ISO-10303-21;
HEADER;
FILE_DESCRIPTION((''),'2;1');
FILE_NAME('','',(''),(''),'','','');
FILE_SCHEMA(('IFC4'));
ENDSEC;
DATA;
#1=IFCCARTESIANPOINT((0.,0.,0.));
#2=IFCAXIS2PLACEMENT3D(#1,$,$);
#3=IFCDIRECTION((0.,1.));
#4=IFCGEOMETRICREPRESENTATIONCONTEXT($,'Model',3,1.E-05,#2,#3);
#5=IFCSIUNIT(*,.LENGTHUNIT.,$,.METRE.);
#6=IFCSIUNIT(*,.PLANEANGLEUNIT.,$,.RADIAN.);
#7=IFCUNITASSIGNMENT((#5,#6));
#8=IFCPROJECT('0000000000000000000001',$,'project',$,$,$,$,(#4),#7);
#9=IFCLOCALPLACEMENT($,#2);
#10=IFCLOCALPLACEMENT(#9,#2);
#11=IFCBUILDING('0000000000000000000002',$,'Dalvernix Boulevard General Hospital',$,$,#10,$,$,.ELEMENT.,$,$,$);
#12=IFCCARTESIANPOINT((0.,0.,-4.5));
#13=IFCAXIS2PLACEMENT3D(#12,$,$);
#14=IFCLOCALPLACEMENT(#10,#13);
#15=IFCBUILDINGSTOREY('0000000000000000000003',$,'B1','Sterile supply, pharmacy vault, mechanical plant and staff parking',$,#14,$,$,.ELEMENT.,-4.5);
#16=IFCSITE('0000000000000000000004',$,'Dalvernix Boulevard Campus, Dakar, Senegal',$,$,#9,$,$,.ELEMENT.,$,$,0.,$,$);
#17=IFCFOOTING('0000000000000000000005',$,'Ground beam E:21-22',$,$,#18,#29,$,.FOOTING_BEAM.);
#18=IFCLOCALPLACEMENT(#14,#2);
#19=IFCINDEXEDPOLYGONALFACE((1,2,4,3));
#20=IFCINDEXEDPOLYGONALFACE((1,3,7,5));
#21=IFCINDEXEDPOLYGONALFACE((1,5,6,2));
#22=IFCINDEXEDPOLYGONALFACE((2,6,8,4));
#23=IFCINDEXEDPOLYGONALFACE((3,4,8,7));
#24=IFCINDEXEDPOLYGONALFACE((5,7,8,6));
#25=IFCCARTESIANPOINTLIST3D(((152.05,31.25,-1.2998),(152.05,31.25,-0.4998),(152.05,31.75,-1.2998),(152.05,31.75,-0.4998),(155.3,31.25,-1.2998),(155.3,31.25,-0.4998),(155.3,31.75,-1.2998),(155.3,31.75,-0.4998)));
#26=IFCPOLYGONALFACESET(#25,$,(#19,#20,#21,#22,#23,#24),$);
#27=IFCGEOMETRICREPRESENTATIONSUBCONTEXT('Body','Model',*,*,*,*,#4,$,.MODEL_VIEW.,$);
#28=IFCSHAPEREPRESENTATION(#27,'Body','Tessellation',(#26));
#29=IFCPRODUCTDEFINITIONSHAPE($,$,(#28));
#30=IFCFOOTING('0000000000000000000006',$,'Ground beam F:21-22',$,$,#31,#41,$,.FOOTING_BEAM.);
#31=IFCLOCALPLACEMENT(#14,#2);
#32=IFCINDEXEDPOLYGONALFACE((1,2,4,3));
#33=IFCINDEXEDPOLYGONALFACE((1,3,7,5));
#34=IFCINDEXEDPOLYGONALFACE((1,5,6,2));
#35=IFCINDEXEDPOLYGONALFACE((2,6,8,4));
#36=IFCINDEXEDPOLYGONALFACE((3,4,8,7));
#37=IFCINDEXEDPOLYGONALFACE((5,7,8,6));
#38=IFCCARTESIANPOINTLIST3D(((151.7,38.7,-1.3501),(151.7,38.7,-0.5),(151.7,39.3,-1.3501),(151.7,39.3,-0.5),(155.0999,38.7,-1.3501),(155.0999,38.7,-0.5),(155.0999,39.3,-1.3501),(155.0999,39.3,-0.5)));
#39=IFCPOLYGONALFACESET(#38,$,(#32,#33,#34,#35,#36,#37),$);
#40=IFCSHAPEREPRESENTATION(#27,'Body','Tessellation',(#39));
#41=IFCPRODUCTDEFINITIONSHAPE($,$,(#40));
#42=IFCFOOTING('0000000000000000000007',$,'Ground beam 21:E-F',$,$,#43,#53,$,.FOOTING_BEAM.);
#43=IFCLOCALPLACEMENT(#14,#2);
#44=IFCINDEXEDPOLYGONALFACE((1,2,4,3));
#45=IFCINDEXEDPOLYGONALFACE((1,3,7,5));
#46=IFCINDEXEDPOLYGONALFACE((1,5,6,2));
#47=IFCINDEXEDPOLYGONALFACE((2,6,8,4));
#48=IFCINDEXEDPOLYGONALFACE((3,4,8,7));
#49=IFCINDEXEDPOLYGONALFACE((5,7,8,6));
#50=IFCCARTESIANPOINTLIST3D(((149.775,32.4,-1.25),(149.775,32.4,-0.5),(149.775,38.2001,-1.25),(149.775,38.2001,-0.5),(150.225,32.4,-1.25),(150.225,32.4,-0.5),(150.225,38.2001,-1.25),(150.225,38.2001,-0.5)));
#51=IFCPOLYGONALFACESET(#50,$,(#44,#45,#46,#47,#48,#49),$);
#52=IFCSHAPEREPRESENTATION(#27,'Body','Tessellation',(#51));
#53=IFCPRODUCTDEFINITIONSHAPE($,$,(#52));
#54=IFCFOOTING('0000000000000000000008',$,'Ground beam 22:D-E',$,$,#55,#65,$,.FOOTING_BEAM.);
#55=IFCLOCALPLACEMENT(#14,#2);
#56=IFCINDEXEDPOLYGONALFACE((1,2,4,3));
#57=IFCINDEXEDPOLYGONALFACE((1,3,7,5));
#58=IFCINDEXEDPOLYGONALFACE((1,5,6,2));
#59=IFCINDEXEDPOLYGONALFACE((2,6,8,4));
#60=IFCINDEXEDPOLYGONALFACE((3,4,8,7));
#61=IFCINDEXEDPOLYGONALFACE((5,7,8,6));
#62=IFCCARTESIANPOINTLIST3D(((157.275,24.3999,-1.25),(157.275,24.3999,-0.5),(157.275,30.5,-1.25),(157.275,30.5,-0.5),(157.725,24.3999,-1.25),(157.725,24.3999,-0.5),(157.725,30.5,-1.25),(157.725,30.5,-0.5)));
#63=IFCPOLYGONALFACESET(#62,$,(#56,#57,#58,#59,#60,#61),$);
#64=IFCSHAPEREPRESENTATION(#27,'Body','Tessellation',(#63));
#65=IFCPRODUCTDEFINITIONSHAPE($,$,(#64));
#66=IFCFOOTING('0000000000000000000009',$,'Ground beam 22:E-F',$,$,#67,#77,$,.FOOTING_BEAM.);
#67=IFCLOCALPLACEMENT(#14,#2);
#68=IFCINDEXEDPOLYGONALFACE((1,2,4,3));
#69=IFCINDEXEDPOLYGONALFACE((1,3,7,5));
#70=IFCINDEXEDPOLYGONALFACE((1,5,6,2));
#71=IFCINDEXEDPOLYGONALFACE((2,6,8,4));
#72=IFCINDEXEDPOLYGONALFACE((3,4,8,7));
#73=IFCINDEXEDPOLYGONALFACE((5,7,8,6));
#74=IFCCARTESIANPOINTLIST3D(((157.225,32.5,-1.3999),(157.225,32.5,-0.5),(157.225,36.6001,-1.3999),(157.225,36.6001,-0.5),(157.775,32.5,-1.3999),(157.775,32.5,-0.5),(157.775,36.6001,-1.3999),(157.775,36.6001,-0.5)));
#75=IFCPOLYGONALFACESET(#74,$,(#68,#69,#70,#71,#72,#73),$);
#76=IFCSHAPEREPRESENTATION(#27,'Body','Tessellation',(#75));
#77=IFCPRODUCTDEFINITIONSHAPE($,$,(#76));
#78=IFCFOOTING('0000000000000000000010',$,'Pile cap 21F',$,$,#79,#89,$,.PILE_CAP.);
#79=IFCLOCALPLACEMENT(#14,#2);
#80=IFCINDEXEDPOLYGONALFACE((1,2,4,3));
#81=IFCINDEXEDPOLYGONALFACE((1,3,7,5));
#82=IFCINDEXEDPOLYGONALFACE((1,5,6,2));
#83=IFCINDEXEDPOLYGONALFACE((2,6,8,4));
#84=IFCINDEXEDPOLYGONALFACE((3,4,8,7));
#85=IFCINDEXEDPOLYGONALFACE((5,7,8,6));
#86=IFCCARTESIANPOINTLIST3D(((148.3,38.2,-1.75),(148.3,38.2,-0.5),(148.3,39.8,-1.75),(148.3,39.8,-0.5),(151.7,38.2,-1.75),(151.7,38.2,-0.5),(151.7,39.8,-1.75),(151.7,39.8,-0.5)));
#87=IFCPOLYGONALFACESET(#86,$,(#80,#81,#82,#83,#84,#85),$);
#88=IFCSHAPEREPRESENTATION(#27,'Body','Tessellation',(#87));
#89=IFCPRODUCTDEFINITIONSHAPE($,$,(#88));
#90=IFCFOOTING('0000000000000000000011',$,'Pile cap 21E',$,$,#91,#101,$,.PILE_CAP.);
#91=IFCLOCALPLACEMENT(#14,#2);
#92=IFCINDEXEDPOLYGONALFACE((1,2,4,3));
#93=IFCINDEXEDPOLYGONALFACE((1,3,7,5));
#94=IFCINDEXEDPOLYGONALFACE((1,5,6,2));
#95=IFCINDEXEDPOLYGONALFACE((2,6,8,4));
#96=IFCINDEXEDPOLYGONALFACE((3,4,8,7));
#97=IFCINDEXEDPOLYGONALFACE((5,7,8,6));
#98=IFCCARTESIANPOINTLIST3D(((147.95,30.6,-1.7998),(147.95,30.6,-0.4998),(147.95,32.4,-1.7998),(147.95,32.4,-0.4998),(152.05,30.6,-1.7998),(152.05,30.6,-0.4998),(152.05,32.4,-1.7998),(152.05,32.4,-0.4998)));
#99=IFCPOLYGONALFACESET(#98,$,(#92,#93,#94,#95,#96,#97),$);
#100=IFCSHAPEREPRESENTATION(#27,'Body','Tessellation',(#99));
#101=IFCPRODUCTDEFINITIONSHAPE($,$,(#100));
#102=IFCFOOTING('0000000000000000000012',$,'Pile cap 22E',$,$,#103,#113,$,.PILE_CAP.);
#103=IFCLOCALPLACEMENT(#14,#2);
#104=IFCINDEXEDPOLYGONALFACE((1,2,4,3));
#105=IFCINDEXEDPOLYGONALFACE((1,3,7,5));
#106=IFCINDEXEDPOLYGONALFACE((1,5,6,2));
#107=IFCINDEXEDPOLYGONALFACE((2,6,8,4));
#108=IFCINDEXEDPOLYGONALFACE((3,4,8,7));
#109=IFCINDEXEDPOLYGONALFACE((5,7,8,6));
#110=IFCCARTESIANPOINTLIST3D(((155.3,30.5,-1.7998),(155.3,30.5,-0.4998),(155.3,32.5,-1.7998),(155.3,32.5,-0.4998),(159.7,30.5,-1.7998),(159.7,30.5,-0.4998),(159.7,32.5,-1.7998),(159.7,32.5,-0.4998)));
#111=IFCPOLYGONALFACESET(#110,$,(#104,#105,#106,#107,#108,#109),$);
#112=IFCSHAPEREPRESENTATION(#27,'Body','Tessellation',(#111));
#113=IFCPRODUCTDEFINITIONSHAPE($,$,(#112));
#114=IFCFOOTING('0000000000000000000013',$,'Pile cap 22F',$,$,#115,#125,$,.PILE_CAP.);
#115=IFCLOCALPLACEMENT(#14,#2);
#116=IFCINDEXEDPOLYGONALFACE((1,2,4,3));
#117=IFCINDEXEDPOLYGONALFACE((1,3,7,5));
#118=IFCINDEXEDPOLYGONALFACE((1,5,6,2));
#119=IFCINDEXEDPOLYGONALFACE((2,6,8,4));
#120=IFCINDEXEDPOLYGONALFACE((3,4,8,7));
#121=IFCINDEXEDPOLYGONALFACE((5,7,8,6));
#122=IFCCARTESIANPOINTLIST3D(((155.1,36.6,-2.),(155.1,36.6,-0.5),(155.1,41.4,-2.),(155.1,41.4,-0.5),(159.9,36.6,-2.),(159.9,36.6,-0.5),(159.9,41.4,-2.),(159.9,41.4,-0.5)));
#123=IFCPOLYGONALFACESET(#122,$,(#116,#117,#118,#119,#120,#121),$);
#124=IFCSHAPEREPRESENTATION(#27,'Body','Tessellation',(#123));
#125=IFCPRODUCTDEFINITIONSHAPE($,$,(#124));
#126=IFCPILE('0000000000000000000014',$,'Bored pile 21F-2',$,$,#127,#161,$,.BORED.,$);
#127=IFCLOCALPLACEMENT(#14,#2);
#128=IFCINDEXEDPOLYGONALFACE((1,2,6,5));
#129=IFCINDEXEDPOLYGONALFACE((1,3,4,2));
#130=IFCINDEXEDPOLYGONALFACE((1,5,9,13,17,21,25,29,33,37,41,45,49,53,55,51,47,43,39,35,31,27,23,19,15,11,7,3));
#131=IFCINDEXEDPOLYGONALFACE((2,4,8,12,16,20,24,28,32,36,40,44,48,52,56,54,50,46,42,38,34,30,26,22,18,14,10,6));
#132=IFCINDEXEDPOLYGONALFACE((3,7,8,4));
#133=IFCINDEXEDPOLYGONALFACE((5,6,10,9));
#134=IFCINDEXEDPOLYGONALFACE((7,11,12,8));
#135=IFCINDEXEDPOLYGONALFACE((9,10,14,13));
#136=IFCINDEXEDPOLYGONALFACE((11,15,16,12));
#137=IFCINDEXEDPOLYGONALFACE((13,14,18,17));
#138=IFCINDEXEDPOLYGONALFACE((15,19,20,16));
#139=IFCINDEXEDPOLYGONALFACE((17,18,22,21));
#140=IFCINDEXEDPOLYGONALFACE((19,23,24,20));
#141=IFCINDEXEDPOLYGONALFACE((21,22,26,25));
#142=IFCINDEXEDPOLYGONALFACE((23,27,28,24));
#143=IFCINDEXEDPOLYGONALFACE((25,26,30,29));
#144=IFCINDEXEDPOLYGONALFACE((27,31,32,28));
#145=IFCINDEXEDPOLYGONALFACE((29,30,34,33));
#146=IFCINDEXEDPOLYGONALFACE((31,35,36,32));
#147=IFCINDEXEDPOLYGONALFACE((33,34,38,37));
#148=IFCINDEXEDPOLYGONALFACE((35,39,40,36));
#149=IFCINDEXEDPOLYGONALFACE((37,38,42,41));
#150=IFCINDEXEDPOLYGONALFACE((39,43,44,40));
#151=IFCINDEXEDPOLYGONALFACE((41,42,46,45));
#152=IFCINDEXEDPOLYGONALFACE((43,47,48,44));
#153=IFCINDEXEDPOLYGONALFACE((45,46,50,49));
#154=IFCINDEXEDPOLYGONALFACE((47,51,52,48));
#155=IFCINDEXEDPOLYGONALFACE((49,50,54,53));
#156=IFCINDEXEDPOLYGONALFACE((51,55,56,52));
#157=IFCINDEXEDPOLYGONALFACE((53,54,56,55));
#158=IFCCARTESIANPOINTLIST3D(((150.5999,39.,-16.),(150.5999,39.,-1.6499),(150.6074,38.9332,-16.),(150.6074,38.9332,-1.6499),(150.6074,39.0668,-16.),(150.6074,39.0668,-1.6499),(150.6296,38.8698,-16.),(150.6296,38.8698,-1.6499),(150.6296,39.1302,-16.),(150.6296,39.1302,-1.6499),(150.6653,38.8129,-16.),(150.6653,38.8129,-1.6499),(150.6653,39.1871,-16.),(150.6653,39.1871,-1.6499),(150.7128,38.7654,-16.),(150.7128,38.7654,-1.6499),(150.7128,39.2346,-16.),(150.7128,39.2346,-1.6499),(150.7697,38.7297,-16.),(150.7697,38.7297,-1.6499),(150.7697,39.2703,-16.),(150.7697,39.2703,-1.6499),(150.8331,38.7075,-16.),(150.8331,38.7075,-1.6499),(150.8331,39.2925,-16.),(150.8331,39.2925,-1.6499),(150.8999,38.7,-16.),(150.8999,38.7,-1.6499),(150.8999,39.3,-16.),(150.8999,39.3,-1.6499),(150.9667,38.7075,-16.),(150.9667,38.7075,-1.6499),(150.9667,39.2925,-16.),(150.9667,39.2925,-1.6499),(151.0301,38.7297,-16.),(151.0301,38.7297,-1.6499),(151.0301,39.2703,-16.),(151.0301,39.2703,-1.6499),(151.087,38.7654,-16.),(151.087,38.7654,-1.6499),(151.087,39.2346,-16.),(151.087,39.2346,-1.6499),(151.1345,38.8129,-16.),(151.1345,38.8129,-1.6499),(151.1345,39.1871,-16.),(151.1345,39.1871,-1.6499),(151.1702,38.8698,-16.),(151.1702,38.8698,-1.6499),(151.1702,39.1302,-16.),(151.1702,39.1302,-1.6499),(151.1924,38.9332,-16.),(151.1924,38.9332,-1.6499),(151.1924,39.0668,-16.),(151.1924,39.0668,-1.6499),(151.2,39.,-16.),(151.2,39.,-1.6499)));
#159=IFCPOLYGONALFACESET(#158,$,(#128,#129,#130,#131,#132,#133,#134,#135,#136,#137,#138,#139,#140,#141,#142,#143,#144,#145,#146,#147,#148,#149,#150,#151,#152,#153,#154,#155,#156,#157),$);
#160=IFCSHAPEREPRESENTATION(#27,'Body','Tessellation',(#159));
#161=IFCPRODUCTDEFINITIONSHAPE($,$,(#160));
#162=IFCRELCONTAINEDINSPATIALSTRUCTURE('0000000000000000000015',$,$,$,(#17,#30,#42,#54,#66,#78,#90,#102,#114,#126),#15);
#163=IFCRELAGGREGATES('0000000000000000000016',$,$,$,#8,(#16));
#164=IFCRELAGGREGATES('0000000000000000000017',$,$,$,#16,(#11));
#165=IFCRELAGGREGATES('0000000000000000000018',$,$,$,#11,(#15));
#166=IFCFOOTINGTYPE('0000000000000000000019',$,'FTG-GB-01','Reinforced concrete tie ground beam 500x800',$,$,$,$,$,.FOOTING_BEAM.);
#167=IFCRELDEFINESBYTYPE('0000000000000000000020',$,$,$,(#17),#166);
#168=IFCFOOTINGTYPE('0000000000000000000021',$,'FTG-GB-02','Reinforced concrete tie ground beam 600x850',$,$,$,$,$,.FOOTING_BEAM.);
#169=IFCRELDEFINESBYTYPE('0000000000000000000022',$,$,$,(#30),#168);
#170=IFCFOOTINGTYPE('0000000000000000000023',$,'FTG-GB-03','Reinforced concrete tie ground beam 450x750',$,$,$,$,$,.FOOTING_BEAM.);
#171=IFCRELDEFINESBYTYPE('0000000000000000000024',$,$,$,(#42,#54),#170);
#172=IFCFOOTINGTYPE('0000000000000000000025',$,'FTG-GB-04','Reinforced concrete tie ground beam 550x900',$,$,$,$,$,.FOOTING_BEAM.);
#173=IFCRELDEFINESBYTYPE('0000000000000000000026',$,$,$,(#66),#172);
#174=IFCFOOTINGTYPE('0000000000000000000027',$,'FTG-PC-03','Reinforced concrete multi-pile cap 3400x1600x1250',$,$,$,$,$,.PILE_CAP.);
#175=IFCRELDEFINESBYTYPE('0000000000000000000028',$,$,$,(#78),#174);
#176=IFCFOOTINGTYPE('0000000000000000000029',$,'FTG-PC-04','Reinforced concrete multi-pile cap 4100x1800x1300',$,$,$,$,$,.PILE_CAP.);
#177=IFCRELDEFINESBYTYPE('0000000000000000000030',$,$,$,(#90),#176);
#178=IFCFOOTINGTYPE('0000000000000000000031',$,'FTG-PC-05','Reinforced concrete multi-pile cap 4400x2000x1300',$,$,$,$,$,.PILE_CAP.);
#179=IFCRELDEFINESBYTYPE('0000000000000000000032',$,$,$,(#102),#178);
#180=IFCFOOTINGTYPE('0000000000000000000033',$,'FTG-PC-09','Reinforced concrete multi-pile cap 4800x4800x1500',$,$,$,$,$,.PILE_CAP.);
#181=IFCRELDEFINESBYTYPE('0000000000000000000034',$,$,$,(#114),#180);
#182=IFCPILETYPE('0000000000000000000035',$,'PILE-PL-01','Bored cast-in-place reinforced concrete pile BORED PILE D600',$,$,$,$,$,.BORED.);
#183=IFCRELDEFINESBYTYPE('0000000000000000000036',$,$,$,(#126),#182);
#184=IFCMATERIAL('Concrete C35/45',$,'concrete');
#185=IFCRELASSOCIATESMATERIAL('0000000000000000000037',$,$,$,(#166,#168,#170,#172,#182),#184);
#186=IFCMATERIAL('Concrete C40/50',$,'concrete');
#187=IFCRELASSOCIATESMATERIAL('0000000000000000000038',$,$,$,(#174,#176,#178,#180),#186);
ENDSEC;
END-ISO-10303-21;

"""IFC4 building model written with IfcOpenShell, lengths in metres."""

from ifc_helpers import new_model, si_unit, direction, frame, origin, origin_2d, place, context, subcontext, project, spatial, rectangle, circle, extrude, material, material_profile, profile_set, type_object, element, save


model = new_model("IFC4")

# Units and contexts
model_context = context("Model", 3, precision=1e-05, world=origin(), true_north=direction((0.0, 1.0)))
body_context = subcontext(model_context, "Body", "Model", "MODEL_VIEW")
ifc_project = project(units=[si_unit("LENGTHUNIT", "METRE"), si_unit("PLANEANGLEUNIT", "RADIAN")], contexts=[model_context])

# Site, building, storey
site_placement = place(None, origin())
site = spatial("IfcSite", under=ifc_project, at=site_placement, Name="Dalvernix Boulevard Campus, Dakar, Senegal", CompositionType="ELEMENT", RefElevation=0.0)
building_placement = place(site_placement, origin())
building = spatial("IfcBuilding", under=site, at=building_placement, Name="Dalvernix Boulevard General Hospital", CompositionType="ELEMENT")
storey_placement = place(building_placement, frame((0.0, 0.0, -4.5)))
storey = spatial("IfcBuildingStorey", under=building, at=storey_placement, Name="B1", Description="Sterile supply, pharmacy vault, mechanical plant and staff parking", CompositionType="ELEMENT", Elevation=-4.5)

# Footings
ifc_material_1 = material(Name="Concrete C35/45", Category="concrete")
footing_type_1 = type_object("IfcFootingType", Name="FTG-GB-01", Description="Reinforced concrete tie ground beam 500x800", PredefinedType="FOOTING_BEAM", material=ifc_material_1)
footing_1_placement = place(storey_placement, frame((153.675, 31.5, -1.2998), z_axis=(0.0, 0.0, 1.0), x_axis=(1.0, 0.0, 0.0)))
element("IfcFooting", 1, at=footing_1_placement, inside=storey, type_object=footing_type_1, Name="Ground beam E:21-22", PredefinedType="FOOTING_BEAM", context=body_context, shape_type="SweptSolid", body=[
    extrude(rectangle(XDim=3.25, YDim=0.5, at=origin_2d()), origin(), (0.0, 0.0, 1.0), 0.8),
])
footing_type_2 = type_object("IfcFootingType", Name="FTG-GB-02", Description="Reinforced concrete tie ground beam 600x850", PredefinedType="FOOTING_BEAM", material=ifc_material_1)
footing_2_placement = place(storey_placement, frame((153.3999, 39.0, -1.3501), z_axis=(0.0, 0.0, 1.0), x_axis=(1.0, 0.0, 0.0)))
element("IfcFooting", 2, at=footing_2_placement, inside=storey, type_object=footing_type_2, Name="Ground beam F:21-22", PredefinedType="FOOTING_BEAM", context=body_context, shape_type="SweptSolid", body=[
    extrude(rectangle(XDim=3.3999, YDim=0.6001, at=origin_2d()), origin(), (0.0, 0.0, 1.0), 0.8501),
])
footing_type_3 = type_object("IfcFootingType", Name="FTG-GB-03", Description="Reinforced concrete tie ground beam 450x750", PredefinedType="FOOTING_BEAM", material=ifc_material_1)
footing_3_placement = place(storey_placement, frame((150.0, 35.3, -1.25), z_axis=(0.0, 0.0, 1.0), x_axis=(0.0, 1.0, 0.0)))
element("IfcFooting", 3, at=footing_3_placement, inside=storey, type_object=footing_type_3, Name="Ground beam 21:E-F", PredefinedType="FOOTING_BEAM", context=body_context, shape_type="SweptSolid", body=[
    extrude(rectangle(XDim=5.8, YDim=0.45, at=origin_2d()), origin(), (0.0, 0.0, 1.0), 0.75),
])
footing_4_placement = place(storey_placement, frame((157.5, 27.45, -1.25), z_axis=(0.0, 0.0, 1.0), x_axis=(0.0, 1.0, 0.0)))
element("IfcFooting", 4, at=footing_4_placement, inside=storey, type_object=footing_type_3, Name="Ground beam 22:D-E", PredefinedType="FOOTING_BEAM", context=body_context, shape_type="SweptSolid", body=[
    extrude(rectangle(XDim=6.1001, YDim=0.45, at=origin_2d()), origin(), (0.0, 0.0, 1.0), 0.75),
])
footing_type_4 = type_object("IfcFootingType", Name="FTG-GB-04", Description="Reinforced concrete tie ground beam 550x900", PredefinedType="FOOTING_BEAM", material=ifc_material_1)
footing_5_placement = place(storey_placement, frame((157.5, 34.55, -1.3999), z_axis=(0.0, 0.0, 1.0), x_axis=(0.0, 1.0, 0.0)))
element("IfcFooting", 5, at=footing_5_placement, inside=storey, type_object=footing_type_4, Name="Ground beam 22:E-F", PredefinedType="FOOTING_BEAM", context=body_context, shape_type="SweptSolid", body=[
    extrude(rectangle(XDim=4.1001, YDim=0.55, at=origin_2d()), origin(), (0.0, 0.0, 1.0), 0.8999),
])
ifc_material_2 = material(Name="Concrete C40/50", Category="concrete")
footing_type_5 = type_object("IfcFootingType", Name="FTG-PC-03", Description="Reinforced concrete multi-pile cap 3400x1600x1250", PredefinedType="PILE_CAP", material=ifc_material_2)
footing_6_placement = place(storey_placement, frame((150.0, 39.0, -1.75), z_axis=(0.0, 0.0, 1.0), x_axis=(1.0, 0.0, 0.0)))
element("IfcFooting", 6, at=footing_6_placement, inside=storey, type_object=footing_type_5, Name="Pile cap 21F", PredefinedType="PILE_CAP", context=body_context, shape_type="SweptSolid", body=[
    extrude(rectangle(XDim=3.3999, YDim=1.6001, at=origin_2d()), origin(), (0.0, 0.0, 1.0), 1.25),
])
footing_type_6 = type_object("IfcFootingType", Name="FTG-PC-04", Description="Reinforced concrete multi-pile cap 4100x1800x1300", PredefinedType="PILE_CAP", material=ifc_material_2)
footing_7_placement = place(storey_placement, frame((150.0, 31.5, -1.7998), z_axis=(0.0, 0.0, 1.0), x_axis=(1.0, 0.0, 0.0)))
element("IfcFooting", 7, at=footing_7_placement, inside=storey, type_object=footing_type_6, Name="Pile cap 21E", PredefinedType="PILE_CAP", context=body_context, shape_type="SweptSolid", body=[
    extrude(rectangle(XDim=4.1001, YDim=1.8, at=origin_2d()), origin(), (0.0, 0.0, 1.0), 1.3),
])
footing_type_7 = type_object("IfcFootingType", Name="FTG-PC-05", Description="Reinforced concrete multi-pile cap 4400x2000x1300", PredefinedType="PILE_CAP", material=ifc_material_2)
footing_8_placement = place(storey_placement, frame((157.5, 31.5, -1.7998), z_axis=(0.0, 0.0, 1.0), x_axis=(1.0, 0.0, 0.0)))
element("IfcFooting", 8, at=footing_8_placement, inside=storey, type_object=footing_type_7, Name="Pile cap 22E", PredefinedType="PILE_CAP", context=body_context, shape_type="SweptSolid", body=[
    extrude(rectangle(XDim=4.3999, YDim=2.0, at=origin_2d()), origin(), (0.0, 0.0, 1.0), 1.3),
])
footing_type_8 = type_object("IfcFootingType", Name="FTG-PC-09", Description="Reinforced concrete multi-pile cap 4800x4800x1500", PredefinedType="PILE_CAP", material=ifc_material_2)
footing_9_placement = place(storey_placement, frame((157.5, 39.0, -2.0), z_axis=(0.0, 0.0, 1.0), x_axis=(1.0, 0.0, 0.0)))
element("IfcFooting", 9, at=footing_9_placement, inside=storey, type_object=footing_type_8, Name="Pile cap 22F", PredefinedType="PILE_CAP", context=body_context, shape_type="SweptSolid", body=[
    extrude(rectangle(XDim=4.8, YDim=4.8, at=origin_2d()), origin(), (0.0, 0.0, 1.0), 1.5),
])

# Pile
ifc_material_profile_1 = material_profile(ifc_material_1, circle(Radius=0.3, at=origin_2d()), Name="BORED PILE D600")
ifc_profile_set_1 = profile_set([ifc_material_profile_1], Name="Concrete C35/45")
pile_type_1 = type_object("IfcPileType", Name="PILE-PL-01", Description="Bored cast-in-place reinforced concrete pile BORED PILE D600", PredefinedType="BORED", material=ifc_profile_set_1)
pile_1_placement = place(storey_placement, frame((150.8999, 39.0, -1.6499), z_axis=(0.0, 0.0, -1.0), x_axis=(1.0, 0.0, 0.0)))
element("IfcPile", 10, at=pile_1_placement, inside=storey, type_object=pile_type_1, Name="Bored pile 21F-2", PredefinedType="BORED", context=body_context, shape_type="SweptSolid", body=[
    extrude(circle(Radius=0.3, at=origin_2d()), origin(), (0.0, 0.0, 1.0), 14.3501),
])

save(model, "model.ifc")
